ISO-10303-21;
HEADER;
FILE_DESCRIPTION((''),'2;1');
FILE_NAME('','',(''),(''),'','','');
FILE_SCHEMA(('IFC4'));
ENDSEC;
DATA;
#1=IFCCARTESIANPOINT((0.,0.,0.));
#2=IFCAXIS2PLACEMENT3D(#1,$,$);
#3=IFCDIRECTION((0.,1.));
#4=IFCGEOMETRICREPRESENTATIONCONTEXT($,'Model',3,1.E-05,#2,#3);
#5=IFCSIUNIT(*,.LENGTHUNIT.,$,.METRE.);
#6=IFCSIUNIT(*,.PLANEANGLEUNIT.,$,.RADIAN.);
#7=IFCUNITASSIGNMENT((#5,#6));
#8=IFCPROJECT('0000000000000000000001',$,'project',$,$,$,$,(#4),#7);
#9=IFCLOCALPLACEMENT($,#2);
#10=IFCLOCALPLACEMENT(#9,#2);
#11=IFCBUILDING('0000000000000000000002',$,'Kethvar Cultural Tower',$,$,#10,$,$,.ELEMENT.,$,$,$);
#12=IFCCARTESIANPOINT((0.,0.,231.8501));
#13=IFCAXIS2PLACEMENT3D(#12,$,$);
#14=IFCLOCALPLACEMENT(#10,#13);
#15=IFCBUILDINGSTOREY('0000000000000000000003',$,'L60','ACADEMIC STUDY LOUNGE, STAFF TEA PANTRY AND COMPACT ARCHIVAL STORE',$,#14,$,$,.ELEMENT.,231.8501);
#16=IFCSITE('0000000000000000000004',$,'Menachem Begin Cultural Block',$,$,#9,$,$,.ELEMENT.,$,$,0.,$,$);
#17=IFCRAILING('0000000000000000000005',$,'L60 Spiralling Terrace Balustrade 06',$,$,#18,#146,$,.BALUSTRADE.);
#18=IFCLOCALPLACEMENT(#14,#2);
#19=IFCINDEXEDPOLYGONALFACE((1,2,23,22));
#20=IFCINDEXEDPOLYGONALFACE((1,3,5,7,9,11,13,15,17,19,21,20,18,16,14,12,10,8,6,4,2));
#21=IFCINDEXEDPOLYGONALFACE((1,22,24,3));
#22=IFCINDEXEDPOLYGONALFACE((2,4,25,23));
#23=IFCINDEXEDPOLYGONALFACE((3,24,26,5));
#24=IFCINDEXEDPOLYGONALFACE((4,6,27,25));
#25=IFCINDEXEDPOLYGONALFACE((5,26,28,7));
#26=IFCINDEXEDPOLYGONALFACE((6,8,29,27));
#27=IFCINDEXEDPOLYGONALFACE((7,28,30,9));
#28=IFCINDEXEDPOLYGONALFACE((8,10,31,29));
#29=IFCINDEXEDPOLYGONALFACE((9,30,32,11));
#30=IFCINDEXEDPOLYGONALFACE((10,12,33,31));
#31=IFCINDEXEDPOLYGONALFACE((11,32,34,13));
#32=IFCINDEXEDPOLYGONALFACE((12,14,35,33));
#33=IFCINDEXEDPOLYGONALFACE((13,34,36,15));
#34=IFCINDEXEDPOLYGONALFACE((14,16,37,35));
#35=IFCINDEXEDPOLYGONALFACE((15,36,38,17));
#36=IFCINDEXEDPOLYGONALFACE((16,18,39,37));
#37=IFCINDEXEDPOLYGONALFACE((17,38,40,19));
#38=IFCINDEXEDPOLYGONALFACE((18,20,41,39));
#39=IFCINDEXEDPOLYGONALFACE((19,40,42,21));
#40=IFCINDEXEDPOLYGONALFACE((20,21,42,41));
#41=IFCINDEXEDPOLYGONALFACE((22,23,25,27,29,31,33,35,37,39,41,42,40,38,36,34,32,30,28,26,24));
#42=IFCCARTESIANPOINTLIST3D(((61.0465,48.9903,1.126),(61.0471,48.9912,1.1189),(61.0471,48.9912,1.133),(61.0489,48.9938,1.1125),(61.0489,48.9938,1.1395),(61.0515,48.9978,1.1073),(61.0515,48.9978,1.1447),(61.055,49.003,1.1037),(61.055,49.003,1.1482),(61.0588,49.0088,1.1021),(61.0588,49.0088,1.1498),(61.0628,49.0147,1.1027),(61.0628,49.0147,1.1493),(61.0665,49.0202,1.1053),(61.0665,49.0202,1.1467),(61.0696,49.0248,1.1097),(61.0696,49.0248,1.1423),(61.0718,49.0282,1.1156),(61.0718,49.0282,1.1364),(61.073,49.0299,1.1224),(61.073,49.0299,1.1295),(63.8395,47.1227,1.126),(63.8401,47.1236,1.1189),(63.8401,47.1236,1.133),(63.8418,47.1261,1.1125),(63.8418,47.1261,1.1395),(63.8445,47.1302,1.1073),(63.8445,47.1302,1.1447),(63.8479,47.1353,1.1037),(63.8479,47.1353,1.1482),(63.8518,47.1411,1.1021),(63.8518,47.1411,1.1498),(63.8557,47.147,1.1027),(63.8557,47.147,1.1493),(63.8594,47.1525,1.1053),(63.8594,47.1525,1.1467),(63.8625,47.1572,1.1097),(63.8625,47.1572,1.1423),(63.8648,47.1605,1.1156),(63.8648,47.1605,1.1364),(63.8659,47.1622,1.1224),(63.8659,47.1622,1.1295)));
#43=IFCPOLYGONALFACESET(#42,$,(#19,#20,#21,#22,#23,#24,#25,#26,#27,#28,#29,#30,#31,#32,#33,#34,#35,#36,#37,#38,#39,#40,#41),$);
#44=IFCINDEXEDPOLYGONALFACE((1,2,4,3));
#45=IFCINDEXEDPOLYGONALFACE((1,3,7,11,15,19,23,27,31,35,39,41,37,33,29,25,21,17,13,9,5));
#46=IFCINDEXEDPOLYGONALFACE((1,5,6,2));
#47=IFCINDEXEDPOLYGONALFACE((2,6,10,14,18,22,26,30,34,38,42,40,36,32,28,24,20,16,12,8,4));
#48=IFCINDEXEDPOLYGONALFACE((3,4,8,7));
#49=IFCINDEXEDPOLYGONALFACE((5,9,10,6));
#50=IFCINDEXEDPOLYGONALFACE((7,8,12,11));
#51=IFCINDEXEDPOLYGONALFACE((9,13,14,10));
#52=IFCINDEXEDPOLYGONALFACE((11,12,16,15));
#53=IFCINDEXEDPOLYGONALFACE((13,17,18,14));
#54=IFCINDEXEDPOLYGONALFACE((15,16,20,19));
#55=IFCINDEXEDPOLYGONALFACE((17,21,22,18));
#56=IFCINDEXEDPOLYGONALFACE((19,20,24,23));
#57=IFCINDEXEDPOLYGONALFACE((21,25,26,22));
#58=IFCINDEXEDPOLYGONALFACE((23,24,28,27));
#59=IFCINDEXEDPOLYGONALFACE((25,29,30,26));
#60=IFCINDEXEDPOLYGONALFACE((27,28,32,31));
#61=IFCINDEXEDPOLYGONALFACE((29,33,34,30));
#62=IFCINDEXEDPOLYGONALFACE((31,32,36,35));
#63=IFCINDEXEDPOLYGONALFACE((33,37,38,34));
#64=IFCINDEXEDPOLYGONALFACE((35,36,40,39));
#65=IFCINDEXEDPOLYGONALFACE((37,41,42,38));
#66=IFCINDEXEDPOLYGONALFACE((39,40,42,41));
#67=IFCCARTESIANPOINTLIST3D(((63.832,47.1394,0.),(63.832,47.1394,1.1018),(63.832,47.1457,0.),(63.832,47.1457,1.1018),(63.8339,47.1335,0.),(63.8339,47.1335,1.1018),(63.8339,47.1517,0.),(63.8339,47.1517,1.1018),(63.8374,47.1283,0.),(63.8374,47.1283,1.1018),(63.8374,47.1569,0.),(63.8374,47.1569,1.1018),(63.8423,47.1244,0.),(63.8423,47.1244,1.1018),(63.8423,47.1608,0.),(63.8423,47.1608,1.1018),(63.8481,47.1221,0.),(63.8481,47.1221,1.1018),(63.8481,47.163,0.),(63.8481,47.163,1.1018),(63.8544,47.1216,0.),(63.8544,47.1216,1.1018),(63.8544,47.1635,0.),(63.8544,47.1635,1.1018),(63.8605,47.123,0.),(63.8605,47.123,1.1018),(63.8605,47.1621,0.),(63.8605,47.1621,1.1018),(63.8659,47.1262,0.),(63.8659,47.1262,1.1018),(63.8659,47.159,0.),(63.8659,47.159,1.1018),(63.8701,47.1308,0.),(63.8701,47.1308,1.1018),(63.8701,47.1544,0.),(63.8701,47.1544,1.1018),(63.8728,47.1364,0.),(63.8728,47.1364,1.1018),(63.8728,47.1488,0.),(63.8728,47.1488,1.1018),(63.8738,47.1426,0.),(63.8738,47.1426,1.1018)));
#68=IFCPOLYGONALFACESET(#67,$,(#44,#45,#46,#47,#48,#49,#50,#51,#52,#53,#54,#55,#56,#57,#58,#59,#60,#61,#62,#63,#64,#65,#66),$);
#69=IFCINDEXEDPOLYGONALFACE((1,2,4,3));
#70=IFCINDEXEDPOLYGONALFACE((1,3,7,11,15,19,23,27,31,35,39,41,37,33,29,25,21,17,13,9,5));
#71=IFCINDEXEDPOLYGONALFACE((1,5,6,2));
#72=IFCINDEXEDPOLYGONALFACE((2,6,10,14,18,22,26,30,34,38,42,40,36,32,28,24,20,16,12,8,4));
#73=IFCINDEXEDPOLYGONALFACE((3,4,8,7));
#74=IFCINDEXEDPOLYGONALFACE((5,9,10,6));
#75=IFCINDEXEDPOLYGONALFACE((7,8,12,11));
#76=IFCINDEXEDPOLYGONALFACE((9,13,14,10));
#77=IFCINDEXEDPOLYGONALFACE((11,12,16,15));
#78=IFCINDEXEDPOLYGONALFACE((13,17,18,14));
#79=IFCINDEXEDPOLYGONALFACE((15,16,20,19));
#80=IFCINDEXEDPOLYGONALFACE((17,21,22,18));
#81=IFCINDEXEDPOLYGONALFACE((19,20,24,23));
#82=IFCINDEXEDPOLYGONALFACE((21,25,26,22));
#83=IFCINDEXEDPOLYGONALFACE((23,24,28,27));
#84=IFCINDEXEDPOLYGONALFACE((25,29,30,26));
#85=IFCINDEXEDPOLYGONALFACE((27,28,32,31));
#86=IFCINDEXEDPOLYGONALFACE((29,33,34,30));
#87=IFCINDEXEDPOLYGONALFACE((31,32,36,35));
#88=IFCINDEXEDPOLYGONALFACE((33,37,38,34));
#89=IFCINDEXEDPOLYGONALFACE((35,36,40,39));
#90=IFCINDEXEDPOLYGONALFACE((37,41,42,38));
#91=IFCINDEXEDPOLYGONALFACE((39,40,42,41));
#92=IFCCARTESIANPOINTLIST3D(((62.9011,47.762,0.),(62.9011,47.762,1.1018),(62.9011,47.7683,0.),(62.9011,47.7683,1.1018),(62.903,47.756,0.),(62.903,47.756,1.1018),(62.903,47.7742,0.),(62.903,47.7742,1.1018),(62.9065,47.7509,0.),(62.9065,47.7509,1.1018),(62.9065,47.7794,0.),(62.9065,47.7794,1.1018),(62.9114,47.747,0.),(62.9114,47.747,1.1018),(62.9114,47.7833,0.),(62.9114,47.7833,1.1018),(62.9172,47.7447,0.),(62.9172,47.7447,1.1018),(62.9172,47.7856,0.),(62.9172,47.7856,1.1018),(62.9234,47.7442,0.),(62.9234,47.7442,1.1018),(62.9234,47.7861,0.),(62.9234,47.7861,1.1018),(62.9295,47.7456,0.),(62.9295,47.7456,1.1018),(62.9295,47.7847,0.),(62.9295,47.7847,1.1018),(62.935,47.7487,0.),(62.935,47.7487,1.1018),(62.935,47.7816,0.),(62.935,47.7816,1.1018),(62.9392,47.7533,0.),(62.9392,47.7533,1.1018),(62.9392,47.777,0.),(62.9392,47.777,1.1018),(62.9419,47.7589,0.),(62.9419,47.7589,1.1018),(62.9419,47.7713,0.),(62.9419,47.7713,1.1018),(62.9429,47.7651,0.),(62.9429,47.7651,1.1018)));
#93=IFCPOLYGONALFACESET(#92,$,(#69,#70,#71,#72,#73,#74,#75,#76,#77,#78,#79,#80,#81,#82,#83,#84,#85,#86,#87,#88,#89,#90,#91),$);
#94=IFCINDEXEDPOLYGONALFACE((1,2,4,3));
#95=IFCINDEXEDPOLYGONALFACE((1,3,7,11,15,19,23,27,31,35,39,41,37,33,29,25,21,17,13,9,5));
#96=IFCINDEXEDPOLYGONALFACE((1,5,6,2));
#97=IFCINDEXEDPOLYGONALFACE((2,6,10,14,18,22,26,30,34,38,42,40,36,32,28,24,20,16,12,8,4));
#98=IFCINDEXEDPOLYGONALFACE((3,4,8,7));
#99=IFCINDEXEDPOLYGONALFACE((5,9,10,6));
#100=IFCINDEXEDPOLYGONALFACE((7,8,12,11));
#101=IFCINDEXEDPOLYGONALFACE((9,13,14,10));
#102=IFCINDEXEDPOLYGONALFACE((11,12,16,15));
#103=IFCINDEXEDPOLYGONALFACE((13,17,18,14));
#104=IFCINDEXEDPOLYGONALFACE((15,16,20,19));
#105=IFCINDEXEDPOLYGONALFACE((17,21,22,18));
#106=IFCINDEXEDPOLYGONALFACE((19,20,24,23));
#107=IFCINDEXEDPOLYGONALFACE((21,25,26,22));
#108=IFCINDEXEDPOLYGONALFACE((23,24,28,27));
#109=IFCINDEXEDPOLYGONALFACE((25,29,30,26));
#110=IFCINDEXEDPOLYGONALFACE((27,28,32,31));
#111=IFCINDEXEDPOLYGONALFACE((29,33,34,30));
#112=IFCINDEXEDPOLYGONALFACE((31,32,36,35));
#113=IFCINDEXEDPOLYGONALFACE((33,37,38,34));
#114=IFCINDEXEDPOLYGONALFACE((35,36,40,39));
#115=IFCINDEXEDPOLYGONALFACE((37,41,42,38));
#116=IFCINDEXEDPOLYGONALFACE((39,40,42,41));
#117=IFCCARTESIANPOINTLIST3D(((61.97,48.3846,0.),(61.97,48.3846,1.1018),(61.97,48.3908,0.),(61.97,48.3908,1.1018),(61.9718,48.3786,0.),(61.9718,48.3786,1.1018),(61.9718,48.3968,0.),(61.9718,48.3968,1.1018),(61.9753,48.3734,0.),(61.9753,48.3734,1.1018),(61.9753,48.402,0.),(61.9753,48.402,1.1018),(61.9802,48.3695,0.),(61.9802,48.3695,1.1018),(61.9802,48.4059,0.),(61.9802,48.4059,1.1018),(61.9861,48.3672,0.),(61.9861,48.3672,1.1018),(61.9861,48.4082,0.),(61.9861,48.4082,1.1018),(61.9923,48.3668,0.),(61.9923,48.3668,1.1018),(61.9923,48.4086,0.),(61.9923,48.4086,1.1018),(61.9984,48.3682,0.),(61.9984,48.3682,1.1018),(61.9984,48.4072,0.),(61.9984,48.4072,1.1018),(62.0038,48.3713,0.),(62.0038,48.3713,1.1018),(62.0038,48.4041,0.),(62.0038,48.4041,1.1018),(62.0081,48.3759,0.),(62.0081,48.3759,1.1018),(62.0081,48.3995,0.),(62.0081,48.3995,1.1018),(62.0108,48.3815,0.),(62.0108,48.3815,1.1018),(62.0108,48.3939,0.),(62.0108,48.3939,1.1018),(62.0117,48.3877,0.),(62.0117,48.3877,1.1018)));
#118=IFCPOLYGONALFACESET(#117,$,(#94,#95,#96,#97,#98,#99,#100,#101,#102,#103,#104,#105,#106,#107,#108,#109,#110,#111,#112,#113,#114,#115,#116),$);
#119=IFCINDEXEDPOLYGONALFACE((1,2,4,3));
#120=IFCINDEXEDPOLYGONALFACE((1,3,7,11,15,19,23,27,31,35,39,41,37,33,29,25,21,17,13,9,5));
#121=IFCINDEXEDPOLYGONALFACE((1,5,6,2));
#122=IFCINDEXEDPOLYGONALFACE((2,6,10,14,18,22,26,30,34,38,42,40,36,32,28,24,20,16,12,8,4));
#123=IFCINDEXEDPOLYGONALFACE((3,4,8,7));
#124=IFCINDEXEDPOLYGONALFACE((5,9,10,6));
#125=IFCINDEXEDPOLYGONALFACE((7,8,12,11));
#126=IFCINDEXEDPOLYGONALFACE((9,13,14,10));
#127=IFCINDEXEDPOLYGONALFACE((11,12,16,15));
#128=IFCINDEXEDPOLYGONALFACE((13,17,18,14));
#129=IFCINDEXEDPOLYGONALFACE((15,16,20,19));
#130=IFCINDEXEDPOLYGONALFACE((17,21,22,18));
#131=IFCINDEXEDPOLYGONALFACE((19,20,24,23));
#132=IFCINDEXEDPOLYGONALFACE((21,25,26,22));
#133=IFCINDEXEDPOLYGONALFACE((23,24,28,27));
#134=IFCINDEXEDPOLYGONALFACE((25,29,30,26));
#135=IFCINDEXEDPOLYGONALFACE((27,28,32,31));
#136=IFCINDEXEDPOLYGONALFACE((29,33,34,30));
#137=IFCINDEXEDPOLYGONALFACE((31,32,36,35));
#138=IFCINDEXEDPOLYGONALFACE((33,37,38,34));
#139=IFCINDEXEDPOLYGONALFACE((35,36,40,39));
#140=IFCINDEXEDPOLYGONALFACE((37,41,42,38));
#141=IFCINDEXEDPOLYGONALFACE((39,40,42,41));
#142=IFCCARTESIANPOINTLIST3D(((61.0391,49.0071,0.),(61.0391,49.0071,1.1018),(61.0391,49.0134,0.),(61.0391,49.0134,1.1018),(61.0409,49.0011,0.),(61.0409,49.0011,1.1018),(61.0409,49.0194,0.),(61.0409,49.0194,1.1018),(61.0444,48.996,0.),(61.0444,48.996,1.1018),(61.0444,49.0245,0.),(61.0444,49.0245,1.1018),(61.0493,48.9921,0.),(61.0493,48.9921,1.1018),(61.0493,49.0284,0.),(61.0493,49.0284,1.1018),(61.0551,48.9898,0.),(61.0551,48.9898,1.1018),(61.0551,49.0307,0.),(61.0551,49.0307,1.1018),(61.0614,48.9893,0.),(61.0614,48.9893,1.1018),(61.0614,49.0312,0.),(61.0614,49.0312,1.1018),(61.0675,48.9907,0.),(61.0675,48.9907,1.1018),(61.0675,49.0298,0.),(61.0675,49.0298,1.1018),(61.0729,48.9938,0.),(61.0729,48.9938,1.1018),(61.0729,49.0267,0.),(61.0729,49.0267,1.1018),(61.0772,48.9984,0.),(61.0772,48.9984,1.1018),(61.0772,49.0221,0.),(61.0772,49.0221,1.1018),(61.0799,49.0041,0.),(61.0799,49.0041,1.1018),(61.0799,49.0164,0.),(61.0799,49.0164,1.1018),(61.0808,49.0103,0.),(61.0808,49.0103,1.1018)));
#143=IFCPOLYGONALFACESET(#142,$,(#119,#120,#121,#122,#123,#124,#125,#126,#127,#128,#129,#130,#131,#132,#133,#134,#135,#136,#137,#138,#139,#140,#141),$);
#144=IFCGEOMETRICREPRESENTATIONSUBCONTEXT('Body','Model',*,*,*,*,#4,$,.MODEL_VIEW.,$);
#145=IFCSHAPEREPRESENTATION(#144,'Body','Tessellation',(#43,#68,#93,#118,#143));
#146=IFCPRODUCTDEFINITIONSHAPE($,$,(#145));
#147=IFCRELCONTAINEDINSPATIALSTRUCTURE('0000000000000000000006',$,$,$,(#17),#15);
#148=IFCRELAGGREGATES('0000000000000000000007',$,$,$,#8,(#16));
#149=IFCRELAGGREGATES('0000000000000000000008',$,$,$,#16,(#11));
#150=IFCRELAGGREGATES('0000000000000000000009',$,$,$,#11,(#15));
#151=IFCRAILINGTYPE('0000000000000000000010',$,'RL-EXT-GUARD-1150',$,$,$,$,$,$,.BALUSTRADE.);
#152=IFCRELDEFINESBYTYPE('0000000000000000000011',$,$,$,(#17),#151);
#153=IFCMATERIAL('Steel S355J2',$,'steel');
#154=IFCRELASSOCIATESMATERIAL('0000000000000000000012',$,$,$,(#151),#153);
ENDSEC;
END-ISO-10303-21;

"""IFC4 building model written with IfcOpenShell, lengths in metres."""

from ifc_helpers import new_model, si_unit, direction, frame, origin, origin_2d, place, context, subcontext, project, spatial, circle, extrude, material, type_object, element, save


model = new_model("IFC4")

# Units and contexts
model_context = context("Model", 3, precision=1e-05, world=origin(), true_north=direction((0.0, 1.0)))
body_context = subcontext(model_context, "Body", "Model", "MODEL_VIEW")
ifc_project = project(units=[si_unit("LENGTHUNIT", "METRE"), si_unit("PLANEANGLEUNIT", "RADIAN")], contexts=[model_context])

# Site, building, storey
site_placement = place(None, origin())
site = spatial("IfcSite", under=ifc_project, at=site_placement, Name="Menachem Begin Cultural Block", CompositionType="ELEMENT", RefElevation=0.0)
building_placement = place(site_placement, origin())
building = spatial("IfcBuilding", under=site, at=building_placement, Name="Kethvar Cultural Tower", CompositionType="ELEMENT")
storey_placement = place(building_placement, frame((0.0, 0.0, 231.8501)))
storey = spatial("IfcBuildingStorey", under=building, at=storey_placement, Name="L60", Description="ACADEMIC STUDY LOUNGE, STAFF TEA PANTRY AND COMPACT ARCHIVAL STORE", CompositionType="ELEMENT", Elevation=231.8501)

# Shared definitions
ifc_material_1 = material(Name="Steel S355J2", Category="steel")

# Railing
railing_type = type_object("IfcRailingType", Name="RL-EXT-GUARD-1150", PredefinedType="BALUSTRADE", material=ifc_material_1)
railing_1_placement = place(storey_placement, frame((63.8528, 47.1426, 0.0)))
element("IfcRailing", 1, at=railing_1_placement, inside=storey, type_object=railing_type, Name="L60 Spiralling Terrace Balustrade 06", PredefinedType="BALUSTRADE", context=body_context, shape_type="SweptSolid", body=[
    extrude(circle(Radius=0.0239, at=origin_2d()), frame((0.0, 0.0, 1.126), z_axis=(-0.831267, 0.555873, 0.0), x_axis=(-0.555873, -0.831267, 0.0)), (0.0, 0.0, 1.0), 3.3599),
    extrude(circle(Radius=0.021, at=origin_2d()), origin(), (0.0, 0.0, 1.0), 1.1018),
    extrude(circle(Radius=0.021, at=origin_2d()), frame((-0.9309, 0.6226, 0.0)), (0.0, 0.0, 1.0), 1.1018),
    extrude(circle(Radius=0.021, at=origin_2d()), frame((-1.8621, 1.2451, 0.0)), (0.0, 0.0, 1.0), 1.1018),
    extrude(circle(Radius=0.021, at=origin_2d()), frame((-2.793, 1.8677, 0.0)), (0.0, 0.0, 1.0), 1.1018),
])

save(model, "model.ifc")
